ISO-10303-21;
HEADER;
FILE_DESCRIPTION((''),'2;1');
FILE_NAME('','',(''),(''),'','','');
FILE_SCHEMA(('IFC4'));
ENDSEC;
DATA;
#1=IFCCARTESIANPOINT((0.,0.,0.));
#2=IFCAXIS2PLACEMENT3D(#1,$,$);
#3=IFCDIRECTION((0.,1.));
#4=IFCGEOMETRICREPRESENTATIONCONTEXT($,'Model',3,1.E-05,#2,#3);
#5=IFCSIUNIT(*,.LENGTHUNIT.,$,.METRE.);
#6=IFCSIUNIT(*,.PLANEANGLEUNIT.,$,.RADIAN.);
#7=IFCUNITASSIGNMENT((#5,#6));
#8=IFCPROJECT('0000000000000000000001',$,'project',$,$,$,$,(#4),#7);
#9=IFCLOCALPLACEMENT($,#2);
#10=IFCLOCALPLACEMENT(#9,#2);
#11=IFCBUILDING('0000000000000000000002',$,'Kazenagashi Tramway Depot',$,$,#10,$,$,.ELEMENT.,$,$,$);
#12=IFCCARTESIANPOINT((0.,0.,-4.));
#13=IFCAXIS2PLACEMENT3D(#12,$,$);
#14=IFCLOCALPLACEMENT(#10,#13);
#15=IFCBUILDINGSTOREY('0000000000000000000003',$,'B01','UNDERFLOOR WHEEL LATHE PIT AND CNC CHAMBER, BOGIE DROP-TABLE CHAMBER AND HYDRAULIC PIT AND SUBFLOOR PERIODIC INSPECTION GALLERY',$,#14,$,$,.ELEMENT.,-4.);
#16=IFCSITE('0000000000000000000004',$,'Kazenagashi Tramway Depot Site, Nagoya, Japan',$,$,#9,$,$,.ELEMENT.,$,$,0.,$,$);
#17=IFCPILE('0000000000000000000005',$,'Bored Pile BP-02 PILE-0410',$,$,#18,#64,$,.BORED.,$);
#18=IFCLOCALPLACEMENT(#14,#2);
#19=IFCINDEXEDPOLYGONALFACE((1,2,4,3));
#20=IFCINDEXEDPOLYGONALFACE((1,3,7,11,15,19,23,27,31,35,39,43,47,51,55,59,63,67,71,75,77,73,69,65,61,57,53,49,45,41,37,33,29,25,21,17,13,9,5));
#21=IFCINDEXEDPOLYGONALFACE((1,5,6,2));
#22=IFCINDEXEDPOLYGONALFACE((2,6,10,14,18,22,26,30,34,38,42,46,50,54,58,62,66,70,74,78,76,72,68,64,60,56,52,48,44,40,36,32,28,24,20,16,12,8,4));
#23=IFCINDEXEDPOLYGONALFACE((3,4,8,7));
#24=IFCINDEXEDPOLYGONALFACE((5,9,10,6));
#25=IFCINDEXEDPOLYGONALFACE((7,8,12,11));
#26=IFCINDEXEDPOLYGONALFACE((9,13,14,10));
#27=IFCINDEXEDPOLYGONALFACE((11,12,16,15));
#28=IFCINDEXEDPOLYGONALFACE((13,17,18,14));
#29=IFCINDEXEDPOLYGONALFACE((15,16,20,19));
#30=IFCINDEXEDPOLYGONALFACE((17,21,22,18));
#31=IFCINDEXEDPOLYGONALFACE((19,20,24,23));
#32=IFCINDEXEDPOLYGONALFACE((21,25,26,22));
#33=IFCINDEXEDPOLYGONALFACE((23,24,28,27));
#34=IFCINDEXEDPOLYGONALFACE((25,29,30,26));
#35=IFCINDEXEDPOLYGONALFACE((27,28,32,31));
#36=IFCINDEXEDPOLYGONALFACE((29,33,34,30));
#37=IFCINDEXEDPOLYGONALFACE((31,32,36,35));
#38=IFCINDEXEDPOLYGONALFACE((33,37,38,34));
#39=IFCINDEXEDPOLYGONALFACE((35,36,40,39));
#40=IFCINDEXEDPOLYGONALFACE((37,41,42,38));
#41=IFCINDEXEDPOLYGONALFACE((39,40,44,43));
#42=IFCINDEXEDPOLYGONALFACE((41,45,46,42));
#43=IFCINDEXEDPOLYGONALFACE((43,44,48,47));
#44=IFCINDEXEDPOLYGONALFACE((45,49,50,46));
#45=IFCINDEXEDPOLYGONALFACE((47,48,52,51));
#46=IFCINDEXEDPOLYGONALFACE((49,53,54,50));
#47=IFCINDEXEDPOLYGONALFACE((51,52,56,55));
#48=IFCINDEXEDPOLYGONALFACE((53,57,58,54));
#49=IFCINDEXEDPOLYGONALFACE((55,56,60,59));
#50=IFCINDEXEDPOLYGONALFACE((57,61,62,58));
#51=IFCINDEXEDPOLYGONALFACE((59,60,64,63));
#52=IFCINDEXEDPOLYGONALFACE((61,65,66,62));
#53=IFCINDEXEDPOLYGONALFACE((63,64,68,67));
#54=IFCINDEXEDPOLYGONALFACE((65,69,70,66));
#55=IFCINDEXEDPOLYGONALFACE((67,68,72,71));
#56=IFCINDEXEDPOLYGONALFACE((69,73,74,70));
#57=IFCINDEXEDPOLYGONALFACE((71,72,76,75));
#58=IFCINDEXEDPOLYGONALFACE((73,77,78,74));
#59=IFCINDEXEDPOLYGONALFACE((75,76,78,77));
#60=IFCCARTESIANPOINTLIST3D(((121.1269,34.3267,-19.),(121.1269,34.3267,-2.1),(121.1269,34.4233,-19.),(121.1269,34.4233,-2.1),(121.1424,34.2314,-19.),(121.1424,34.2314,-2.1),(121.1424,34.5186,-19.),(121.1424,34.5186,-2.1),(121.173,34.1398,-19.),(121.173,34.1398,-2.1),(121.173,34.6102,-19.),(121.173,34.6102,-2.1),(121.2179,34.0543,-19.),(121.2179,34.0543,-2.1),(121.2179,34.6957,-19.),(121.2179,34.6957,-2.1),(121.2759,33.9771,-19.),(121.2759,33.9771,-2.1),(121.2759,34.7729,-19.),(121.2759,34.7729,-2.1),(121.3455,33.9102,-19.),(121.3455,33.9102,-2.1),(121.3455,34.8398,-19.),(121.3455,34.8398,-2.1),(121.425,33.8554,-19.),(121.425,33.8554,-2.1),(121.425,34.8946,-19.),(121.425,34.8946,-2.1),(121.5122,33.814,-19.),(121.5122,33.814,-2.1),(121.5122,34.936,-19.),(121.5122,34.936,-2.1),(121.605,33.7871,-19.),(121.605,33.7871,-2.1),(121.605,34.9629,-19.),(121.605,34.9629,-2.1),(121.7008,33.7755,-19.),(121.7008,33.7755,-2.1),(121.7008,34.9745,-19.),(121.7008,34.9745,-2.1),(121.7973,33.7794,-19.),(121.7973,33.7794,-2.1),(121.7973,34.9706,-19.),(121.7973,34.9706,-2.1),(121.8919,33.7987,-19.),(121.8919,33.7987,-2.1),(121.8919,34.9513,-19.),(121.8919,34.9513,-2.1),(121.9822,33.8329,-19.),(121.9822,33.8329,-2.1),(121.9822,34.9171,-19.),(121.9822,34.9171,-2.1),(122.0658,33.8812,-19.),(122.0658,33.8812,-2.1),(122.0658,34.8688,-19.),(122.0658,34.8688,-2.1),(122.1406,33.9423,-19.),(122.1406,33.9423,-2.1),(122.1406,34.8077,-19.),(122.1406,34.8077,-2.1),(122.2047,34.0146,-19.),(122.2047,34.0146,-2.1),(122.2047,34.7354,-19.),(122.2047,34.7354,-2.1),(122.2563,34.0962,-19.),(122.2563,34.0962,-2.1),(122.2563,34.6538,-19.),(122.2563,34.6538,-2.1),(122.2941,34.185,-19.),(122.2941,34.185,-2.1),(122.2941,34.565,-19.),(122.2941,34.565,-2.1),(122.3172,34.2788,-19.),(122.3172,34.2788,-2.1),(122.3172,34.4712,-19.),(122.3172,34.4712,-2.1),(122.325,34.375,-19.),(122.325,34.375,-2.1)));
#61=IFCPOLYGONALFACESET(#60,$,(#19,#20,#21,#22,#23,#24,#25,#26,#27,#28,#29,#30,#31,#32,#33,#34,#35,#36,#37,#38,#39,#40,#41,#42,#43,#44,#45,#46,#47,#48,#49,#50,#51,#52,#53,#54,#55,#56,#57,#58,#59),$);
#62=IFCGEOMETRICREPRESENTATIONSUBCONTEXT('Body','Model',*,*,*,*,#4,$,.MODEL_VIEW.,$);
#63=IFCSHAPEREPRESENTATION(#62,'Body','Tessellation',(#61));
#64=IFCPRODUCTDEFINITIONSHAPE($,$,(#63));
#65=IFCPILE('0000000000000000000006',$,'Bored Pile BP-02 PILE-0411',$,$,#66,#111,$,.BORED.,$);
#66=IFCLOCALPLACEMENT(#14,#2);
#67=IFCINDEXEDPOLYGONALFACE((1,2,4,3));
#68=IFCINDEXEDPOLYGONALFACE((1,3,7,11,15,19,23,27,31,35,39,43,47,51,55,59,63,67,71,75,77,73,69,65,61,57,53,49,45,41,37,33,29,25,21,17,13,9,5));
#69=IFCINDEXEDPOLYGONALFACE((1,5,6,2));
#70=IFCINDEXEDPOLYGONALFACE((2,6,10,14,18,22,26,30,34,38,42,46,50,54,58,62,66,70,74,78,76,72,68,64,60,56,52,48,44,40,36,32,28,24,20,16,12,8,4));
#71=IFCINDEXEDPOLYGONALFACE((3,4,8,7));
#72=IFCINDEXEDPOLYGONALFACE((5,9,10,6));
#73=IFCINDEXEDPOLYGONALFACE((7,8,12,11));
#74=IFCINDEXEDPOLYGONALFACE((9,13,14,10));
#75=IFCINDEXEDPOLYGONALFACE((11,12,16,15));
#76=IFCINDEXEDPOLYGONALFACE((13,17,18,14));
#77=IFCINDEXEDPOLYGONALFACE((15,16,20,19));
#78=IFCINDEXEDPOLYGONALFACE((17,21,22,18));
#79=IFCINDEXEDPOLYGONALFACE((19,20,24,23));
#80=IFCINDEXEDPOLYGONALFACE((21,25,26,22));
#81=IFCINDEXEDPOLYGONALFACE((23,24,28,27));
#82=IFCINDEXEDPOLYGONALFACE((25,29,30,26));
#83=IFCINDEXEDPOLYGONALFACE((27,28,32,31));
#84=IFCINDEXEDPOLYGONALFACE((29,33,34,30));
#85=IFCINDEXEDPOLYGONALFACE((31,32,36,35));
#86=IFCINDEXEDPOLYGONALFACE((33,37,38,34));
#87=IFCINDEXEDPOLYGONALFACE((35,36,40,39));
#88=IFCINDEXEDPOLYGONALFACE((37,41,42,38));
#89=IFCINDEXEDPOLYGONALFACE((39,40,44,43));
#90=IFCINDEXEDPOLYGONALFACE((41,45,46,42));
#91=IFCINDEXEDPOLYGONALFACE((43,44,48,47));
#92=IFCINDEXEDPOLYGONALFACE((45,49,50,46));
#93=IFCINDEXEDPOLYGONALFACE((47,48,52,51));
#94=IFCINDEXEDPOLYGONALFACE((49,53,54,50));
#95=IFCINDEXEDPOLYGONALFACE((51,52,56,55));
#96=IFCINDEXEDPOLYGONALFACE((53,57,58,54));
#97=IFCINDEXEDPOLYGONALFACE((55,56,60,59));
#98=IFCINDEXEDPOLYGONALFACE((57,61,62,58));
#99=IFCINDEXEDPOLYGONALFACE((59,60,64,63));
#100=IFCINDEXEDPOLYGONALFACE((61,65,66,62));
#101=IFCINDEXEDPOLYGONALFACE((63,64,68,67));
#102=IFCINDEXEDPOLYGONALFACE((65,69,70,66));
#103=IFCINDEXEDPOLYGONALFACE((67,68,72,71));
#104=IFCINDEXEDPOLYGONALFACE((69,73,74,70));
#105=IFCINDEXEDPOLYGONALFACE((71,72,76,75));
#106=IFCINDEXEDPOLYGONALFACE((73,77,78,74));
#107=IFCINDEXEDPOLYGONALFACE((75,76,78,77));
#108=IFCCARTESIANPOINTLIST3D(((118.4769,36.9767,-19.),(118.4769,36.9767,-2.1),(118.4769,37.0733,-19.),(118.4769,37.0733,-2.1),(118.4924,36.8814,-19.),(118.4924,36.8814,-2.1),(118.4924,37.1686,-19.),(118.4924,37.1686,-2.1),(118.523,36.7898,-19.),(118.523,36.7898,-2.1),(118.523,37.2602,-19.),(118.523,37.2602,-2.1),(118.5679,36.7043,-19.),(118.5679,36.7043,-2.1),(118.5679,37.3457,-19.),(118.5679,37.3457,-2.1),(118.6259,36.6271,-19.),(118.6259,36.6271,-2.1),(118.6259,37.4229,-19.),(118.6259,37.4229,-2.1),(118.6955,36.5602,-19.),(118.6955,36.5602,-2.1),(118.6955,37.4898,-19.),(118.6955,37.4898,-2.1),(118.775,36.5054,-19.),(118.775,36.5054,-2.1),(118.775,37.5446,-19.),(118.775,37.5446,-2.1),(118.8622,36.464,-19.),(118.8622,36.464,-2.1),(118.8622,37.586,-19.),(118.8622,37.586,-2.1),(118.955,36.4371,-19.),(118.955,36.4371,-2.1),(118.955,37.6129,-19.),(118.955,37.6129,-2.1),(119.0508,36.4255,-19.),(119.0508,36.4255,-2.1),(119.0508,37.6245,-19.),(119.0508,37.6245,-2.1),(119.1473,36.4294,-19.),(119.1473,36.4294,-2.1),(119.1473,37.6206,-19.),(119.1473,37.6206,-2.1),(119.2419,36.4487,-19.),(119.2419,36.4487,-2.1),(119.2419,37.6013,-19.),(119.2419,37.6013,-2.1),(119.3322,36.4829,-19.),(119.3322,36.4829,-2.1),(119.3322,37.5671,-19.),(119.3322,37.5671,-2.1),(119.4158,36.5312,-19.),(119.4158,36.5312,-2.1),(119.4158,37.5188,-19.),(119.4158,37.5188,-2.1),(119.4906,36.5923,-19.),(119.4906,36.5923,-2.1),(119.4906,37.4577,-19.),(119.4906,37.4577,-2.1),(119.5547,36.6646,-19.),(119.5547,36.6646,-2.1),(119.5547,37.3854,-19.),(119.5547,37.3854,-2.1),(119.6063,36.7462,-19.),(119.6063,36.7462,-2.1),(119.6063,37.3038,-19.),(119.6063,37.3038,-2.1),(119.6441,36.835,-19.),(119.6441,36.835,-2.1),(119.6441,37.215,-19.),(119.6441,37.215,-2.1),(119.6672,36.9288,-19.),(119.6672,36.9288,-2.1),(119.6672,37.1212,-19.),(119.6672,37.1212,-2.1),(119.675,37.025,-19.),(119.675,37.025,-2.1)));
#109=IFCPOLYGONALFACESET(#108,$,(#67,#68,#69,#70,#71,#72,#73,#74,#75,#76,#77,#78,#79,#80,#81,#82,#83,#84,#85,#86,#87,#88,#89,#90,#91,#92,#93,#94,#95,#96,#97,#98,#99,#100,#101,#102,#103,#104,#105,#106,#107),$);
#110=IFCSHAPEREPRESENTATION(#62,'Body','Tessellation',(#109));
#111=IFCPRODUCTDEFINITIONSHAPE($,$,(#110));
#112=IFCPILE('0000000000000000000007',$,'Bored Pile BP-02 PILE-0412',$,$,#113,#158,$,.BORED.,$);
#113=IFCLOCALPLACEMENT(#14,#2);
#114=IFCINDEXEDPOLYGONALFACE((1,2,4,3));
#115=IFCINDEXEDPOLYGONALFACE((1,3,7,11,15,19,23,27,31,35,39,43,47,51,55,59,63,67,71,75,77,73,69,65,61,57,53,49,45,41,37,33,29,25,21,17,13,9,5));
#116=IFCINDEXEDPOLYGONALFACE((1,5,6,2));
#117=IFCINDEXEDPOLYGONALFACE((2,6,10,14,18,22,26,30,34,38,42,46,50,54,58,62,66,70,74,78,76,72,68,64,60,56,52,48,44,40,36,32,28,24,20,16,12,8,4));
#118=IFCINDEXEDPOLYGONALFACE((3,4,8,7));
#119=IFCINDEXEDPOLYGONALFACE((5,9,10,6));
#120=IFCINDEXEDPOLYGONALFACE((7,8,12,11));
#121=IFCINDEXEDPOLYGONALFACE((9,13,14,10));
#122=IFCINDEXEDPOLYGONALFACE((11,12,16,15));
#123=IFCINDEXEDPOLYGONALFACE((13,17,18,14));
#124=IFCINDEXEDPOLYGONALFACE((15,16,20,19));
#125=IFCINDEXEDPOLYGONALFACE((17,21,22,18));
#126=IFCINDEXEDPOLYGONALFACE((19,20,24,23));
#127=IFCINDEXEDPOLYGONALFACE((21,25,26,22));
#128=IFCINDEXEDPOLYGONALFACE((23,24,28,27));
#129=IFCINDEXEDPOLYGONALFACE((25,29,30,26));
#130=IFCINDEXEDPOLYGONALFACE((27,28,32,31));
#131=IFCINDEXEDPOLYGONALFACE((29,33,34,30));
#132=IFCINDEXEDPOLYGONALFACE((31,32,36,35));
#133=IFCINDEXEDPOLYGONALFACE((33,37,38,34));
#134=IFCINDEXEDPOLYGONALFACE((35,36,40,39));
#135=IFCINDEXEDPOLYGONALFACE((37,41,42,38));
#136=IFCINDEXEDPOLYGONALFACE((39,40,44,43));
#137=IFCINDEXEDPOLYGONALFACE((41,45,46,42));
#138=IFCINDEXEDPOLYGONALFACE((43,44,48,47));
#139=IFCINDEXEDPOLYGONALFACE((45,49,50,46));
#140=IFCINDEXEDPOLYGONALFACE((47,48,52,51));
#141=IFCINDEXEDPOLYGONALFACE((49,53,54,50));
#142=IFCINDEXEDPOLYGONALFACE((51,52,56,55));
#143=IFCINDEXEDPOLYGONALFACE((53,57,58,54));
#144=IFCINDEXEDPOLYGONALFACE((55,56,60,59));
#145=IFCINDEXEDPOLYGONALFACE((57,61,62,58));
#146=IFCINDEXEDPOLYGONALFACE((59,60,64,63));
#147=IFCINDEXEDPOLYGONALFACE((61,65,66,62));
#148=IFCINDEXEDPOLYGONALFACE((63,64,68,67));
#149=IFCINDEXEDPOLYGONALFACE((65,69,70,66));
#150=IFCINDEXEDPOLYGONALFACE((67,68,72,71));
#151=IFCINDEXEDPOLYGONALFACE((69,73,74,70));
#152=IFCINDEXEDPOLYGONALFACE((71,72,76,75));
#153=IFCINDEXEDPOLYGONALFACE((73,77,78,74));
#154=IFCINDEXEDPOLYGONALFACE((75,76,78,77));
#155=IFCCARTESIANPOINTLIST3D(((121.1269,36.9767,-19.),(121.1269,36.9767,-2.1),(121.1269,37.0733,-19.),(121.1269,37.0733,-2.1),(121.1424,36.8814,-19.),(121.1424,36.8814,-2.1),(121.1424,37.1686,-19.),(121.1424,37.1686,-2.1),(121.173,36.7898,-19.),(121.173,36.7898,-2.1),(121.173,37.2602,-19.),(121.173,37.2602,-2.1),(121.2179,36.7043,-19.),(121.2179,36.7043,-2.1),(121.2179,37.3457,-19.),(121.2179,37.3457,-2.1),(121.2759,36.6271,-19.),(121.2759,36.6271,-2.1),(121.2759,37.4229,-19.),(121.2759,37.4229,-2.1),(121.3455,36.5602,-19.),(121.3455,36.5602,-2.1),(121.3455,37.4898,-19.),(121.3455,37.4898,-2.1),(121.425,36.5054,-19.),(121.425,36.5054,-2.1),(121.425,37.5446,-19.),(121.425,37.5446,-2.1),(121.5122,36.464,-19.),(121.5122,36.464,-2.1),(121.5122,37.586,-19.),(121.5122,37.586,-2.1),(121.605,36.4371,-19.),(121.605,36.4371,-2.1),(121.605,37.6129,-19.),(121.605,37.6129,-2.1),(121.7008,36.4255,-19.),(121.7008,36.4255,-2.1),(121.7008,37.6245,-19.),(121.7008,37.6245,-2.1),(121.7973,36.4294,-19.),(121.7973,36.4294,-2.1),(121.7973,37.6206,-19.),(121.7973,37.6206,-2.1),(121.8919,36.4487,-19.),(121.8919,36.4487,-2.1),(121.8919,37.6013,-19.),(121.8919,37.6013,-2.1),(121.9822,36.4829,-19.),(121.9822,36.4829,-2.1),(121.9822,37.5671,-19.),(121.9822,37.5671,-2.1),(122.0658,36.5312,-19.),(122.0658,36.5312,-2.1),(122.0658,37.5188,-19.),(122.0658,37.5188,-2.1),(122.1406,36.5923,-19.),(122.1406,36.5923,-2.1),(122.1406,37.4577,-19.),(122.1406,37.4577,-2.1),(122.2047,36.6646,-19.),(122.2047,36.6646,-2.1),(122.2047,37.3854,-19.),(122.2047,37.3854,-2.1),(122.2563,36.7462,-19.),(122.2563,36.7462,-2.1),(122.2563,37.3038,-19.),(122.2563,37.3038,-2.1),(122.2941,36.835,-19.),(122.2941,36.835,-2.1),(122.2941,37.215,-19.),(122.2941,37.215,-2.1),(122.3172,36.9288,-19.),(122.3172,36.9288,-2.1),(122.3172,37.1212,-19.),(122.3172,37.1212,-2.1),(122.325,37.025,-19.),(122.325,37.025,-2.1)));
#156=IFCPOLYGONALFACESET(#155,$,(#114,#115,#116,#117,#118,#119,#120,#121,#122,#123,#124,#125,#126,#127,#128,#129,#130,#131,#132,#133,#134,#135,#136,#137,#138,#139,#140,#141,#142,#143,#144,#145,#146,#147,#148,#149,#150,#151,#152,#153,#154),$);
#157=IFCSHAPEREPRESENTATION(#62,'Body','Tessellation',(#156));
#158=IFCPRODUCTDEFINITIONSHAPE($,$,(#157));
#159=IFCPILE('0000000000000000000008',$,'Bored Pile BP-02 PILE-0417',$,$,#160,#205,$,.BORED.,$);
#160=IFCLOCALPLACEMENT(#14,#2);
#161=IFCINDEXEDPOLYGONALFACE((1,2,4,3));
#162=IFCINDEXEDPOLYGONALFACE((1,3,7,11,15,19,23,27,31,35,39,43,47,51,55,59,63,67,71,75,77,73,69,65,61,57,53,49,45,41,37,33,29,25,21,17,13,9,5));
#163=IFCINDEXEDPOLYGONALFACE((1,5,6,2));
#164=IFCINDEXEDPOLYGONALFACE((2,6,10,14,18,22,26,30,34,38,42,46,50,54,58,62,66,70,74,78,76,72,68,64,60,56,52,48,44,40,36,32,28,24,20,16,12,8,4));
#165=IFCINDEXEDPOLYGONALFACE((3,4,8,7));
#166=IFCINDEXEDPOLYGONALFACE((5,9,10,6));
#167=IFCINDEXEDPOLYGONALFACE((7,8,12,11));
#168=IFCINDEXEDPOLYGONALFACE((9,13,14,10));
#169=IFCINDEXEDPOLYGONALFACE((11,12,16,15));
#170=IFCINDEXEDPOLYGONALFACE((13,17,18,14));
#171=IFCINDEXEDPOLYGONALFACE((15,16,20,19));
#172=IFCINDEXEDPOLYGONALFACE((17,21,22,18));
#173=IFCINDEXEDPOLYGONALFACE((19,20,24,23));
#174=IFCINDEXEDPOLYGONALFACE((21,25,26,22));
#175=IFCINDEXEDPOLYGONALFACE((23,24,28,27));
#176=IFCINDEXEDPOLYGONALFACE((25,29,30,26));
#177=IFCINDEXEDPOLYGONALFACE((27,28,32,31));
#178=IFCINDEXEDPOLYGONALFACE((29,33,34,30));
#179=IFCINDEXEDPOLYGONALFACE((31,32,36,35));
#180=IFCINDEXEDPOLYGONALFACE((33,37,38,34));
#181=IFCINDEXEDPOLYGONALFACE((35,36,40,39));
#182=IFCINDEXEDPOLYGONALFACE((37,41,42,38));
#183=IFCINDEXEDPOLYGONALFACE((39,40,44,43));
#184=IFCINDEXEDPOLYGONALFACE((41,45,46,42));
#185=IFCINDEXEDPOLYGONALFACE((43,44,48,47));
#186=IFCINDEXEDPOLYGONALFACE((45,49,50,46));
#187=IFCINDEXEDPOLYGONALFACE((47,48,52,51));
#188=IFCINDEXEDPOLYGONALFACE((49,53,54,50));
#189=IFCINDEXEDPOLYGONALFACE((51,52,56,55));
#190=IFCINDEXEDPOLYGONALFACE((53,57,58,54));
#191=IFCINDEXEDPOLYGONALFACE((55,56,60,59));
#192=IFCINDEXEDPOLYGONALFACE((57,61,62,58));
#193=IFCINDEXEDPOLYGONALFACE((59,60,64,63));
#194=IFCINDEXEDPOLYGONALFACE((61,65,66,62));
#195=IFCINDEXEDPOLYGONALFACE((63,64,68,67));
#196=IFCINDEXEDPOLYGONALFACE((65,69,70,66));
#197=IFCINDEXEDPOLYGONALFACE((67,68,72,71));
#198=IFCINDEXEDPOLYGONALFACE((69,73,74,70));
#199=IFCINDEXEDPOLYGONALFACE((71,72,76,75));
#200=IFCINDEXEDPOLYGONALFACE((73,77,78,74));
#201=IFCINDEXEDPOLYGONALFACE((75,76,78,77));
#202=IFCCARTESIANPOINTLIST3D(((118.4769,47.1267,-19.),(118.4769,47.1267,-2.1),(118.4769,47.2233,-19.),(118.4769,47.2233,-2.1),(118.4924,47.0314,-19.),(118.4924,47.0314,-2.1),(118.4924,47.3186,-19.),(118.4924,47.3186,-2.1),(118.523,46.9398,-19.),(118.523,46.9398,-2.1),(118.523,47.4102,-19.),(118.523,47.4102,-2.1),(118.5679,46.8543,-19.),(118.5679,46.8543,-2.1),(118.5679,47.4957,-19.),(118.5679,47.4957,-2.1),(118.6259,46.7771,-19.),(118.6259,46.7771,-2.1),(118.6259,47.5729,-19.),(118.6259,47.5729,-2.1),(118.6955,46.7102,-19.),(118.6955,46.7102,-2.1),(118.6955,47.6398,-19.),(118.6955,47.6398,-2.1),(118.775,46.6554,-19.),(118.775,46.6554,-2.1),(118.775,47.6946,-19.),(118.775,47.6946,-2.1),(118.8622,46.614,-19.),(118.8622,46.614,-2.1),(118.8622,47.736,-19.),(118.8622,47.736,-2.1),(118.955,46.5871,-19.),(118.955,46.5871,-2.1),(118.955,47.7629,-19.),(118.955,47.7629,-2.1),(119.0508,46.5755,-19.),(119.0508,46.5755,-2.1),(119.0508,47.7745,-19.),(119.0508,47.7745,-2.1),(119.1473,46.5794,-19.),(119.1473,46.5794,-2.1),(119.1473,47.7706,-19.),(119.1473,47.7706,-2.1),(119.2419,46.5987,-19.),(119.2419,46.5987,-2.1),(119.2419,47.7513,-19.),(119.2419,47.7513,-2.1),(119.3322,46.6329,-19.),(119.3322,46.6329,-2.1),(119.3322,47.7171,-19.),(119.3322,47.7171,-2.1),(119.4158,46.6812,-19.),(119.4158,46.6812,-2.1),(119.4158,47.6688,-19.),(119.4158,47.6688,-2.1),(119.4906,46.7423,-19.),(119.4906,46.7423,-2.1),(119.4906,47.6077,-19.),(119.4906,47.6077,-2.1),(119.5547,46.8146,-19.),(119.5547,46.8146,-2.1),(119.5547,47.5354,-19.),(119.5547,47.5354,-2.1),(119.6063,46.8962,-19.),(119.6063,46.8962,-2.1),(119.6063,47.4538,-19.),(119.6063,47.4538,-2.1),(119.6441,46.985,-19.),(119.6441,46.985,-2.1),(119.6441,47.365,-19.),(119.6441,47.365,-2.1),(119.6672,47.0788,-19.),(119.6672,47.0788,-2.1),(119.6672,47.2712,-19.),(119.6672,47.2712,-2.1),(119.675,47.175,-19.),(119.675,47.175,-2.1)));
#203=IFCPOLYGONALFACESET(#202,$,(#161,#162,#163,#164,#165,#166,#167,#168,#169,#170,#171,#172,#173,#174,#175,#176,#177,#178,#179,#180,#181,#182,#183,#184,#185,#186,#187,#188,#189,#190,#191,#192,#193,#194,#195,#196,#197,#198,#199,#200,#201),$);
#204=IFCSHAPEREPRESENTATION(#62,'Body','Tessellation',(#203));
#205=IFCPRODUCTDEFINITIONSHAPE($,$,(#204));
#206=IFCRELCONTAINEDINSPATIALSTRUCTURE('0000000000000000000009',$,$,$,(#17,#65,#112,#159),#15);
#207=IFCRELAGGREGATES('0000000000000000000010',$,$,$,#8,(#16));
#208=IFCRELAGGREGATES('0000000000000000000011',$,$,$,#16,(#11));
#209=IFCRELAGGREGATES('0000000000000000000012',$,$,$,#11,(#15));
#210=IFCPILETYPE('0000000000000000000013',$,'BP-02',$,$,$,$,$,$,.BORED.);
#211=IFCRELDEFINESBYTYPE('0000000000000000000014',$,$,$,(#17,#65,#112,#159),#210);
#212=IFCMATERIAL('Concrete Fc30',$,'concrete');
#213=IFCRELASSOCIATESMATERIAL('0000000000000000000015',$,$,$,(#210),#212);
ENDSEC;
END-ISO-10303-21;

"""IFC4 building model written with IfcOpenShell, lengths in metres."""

from ifc_helpers import new_model, si_unit, direction, frame, origin, origin_2d, place, context, subcontext, project, spatial, circle, extrude, material, material_profile, profile_set, type_object, element, save


model = new_model("IFC4")

# Units and contexts
model_context = context("Model", 3, precision=1e-05, world=origin(), true_north=direction((0.0, 1.0)))
body_context = subcontext(model_context, "Body", "Model", "MODEL_VIEW")
ifc_project = project(units=[si_unit("LENGTHUNIT", "METRE"), si_unit("PLANEANGLEUNIT", "RADIAN")], contexts=[model_context])

# Site, building, storey
site_placement = place(None, origin())
site = spatial("IfcSite", under=ifc_project, at=site_placement, Name="Kazenagashi Tramway Depot Site, Nagoya, Japan", CompositionType="ELEMENT", RefElevation=0.0)
building_placement = place(site_placement, origin())
building = spatial("IfcBuilding", under=site, at=building_placement, Name="Kazenagashi Tramway Depot", CompositionType="ELEMENT")
storey_placement = place(building_placement, frame((0.0, 0.0, -4.0)))
storey = spatial("IfcBuildingStorey", under=building, at=storey_placement, Name="B01", Description="UNDERFLOOR WHEEL LATHE PIT AND CNC CHAMBER, BOGIE DROP-TABLE CHAMBER AND HYDRAULIC PIT AND SUBFLOOR PERIODIC INSPECTION GALLERY", CompositionType="ELEMENT", Elevation=-4.0)

# Piles
ifc_material_1 = material(Name="Concrete Fc30", Category="concrete")
ifc_material_profile_1 = material_profile(ifc_material_1, circle(Radius=0.6, at=origin_2d()), Name="PILE-1200")
ifc_profile_set_1 = profile_set([ifc_material_profile_1], Name="Concrete Fc30")
pile_type = type_object("IfcPileType", Name="BP-02", PredefinedType="BORED", material=ifc_profile_set_1)
for number, where, z_axis, x_axis, name in (
    (1, (121.725, 34.375, -2.1), (0.0, 0.0, -1.0), (1.0, 0.0, 0.0), "Bored Pile BP-02 PILE-0410"),
    (2, (119.075, 37.025, -2.1), (0.0, 0.0, -1.0), (1.0, 0.0, 0.0), "Bored Pile BP-02 PILE-0411"),
    (3, (121.725, 37.025, -2.1), (0.0, 0.0, -1.0), (1.0, 0.0, 0.0), "Bored Pile BP-02 PILE-0412"),
    (4, (119.075, 47.175, -2.1), (0.0, 0.0, -1.0), (1.0, 0.0, 0.0), "Bored Pile BP-02 PILE-0417"),
):
    element("IfcPile", number, at=place(storey_placement, frame(where, z_axis=z_axis, x_axis=x_axis)), inside=storey, type_object=pile_type, Name=name, PredefinedType="BORED", context=body_context, shape_type="SweptSolid", body=[
        extrude(circle(Radius=0.6, at=origin_2d()), origin(), (0.0, 0.0, 1.0), 16.9),
    ])

save(model, "model.ifc")
